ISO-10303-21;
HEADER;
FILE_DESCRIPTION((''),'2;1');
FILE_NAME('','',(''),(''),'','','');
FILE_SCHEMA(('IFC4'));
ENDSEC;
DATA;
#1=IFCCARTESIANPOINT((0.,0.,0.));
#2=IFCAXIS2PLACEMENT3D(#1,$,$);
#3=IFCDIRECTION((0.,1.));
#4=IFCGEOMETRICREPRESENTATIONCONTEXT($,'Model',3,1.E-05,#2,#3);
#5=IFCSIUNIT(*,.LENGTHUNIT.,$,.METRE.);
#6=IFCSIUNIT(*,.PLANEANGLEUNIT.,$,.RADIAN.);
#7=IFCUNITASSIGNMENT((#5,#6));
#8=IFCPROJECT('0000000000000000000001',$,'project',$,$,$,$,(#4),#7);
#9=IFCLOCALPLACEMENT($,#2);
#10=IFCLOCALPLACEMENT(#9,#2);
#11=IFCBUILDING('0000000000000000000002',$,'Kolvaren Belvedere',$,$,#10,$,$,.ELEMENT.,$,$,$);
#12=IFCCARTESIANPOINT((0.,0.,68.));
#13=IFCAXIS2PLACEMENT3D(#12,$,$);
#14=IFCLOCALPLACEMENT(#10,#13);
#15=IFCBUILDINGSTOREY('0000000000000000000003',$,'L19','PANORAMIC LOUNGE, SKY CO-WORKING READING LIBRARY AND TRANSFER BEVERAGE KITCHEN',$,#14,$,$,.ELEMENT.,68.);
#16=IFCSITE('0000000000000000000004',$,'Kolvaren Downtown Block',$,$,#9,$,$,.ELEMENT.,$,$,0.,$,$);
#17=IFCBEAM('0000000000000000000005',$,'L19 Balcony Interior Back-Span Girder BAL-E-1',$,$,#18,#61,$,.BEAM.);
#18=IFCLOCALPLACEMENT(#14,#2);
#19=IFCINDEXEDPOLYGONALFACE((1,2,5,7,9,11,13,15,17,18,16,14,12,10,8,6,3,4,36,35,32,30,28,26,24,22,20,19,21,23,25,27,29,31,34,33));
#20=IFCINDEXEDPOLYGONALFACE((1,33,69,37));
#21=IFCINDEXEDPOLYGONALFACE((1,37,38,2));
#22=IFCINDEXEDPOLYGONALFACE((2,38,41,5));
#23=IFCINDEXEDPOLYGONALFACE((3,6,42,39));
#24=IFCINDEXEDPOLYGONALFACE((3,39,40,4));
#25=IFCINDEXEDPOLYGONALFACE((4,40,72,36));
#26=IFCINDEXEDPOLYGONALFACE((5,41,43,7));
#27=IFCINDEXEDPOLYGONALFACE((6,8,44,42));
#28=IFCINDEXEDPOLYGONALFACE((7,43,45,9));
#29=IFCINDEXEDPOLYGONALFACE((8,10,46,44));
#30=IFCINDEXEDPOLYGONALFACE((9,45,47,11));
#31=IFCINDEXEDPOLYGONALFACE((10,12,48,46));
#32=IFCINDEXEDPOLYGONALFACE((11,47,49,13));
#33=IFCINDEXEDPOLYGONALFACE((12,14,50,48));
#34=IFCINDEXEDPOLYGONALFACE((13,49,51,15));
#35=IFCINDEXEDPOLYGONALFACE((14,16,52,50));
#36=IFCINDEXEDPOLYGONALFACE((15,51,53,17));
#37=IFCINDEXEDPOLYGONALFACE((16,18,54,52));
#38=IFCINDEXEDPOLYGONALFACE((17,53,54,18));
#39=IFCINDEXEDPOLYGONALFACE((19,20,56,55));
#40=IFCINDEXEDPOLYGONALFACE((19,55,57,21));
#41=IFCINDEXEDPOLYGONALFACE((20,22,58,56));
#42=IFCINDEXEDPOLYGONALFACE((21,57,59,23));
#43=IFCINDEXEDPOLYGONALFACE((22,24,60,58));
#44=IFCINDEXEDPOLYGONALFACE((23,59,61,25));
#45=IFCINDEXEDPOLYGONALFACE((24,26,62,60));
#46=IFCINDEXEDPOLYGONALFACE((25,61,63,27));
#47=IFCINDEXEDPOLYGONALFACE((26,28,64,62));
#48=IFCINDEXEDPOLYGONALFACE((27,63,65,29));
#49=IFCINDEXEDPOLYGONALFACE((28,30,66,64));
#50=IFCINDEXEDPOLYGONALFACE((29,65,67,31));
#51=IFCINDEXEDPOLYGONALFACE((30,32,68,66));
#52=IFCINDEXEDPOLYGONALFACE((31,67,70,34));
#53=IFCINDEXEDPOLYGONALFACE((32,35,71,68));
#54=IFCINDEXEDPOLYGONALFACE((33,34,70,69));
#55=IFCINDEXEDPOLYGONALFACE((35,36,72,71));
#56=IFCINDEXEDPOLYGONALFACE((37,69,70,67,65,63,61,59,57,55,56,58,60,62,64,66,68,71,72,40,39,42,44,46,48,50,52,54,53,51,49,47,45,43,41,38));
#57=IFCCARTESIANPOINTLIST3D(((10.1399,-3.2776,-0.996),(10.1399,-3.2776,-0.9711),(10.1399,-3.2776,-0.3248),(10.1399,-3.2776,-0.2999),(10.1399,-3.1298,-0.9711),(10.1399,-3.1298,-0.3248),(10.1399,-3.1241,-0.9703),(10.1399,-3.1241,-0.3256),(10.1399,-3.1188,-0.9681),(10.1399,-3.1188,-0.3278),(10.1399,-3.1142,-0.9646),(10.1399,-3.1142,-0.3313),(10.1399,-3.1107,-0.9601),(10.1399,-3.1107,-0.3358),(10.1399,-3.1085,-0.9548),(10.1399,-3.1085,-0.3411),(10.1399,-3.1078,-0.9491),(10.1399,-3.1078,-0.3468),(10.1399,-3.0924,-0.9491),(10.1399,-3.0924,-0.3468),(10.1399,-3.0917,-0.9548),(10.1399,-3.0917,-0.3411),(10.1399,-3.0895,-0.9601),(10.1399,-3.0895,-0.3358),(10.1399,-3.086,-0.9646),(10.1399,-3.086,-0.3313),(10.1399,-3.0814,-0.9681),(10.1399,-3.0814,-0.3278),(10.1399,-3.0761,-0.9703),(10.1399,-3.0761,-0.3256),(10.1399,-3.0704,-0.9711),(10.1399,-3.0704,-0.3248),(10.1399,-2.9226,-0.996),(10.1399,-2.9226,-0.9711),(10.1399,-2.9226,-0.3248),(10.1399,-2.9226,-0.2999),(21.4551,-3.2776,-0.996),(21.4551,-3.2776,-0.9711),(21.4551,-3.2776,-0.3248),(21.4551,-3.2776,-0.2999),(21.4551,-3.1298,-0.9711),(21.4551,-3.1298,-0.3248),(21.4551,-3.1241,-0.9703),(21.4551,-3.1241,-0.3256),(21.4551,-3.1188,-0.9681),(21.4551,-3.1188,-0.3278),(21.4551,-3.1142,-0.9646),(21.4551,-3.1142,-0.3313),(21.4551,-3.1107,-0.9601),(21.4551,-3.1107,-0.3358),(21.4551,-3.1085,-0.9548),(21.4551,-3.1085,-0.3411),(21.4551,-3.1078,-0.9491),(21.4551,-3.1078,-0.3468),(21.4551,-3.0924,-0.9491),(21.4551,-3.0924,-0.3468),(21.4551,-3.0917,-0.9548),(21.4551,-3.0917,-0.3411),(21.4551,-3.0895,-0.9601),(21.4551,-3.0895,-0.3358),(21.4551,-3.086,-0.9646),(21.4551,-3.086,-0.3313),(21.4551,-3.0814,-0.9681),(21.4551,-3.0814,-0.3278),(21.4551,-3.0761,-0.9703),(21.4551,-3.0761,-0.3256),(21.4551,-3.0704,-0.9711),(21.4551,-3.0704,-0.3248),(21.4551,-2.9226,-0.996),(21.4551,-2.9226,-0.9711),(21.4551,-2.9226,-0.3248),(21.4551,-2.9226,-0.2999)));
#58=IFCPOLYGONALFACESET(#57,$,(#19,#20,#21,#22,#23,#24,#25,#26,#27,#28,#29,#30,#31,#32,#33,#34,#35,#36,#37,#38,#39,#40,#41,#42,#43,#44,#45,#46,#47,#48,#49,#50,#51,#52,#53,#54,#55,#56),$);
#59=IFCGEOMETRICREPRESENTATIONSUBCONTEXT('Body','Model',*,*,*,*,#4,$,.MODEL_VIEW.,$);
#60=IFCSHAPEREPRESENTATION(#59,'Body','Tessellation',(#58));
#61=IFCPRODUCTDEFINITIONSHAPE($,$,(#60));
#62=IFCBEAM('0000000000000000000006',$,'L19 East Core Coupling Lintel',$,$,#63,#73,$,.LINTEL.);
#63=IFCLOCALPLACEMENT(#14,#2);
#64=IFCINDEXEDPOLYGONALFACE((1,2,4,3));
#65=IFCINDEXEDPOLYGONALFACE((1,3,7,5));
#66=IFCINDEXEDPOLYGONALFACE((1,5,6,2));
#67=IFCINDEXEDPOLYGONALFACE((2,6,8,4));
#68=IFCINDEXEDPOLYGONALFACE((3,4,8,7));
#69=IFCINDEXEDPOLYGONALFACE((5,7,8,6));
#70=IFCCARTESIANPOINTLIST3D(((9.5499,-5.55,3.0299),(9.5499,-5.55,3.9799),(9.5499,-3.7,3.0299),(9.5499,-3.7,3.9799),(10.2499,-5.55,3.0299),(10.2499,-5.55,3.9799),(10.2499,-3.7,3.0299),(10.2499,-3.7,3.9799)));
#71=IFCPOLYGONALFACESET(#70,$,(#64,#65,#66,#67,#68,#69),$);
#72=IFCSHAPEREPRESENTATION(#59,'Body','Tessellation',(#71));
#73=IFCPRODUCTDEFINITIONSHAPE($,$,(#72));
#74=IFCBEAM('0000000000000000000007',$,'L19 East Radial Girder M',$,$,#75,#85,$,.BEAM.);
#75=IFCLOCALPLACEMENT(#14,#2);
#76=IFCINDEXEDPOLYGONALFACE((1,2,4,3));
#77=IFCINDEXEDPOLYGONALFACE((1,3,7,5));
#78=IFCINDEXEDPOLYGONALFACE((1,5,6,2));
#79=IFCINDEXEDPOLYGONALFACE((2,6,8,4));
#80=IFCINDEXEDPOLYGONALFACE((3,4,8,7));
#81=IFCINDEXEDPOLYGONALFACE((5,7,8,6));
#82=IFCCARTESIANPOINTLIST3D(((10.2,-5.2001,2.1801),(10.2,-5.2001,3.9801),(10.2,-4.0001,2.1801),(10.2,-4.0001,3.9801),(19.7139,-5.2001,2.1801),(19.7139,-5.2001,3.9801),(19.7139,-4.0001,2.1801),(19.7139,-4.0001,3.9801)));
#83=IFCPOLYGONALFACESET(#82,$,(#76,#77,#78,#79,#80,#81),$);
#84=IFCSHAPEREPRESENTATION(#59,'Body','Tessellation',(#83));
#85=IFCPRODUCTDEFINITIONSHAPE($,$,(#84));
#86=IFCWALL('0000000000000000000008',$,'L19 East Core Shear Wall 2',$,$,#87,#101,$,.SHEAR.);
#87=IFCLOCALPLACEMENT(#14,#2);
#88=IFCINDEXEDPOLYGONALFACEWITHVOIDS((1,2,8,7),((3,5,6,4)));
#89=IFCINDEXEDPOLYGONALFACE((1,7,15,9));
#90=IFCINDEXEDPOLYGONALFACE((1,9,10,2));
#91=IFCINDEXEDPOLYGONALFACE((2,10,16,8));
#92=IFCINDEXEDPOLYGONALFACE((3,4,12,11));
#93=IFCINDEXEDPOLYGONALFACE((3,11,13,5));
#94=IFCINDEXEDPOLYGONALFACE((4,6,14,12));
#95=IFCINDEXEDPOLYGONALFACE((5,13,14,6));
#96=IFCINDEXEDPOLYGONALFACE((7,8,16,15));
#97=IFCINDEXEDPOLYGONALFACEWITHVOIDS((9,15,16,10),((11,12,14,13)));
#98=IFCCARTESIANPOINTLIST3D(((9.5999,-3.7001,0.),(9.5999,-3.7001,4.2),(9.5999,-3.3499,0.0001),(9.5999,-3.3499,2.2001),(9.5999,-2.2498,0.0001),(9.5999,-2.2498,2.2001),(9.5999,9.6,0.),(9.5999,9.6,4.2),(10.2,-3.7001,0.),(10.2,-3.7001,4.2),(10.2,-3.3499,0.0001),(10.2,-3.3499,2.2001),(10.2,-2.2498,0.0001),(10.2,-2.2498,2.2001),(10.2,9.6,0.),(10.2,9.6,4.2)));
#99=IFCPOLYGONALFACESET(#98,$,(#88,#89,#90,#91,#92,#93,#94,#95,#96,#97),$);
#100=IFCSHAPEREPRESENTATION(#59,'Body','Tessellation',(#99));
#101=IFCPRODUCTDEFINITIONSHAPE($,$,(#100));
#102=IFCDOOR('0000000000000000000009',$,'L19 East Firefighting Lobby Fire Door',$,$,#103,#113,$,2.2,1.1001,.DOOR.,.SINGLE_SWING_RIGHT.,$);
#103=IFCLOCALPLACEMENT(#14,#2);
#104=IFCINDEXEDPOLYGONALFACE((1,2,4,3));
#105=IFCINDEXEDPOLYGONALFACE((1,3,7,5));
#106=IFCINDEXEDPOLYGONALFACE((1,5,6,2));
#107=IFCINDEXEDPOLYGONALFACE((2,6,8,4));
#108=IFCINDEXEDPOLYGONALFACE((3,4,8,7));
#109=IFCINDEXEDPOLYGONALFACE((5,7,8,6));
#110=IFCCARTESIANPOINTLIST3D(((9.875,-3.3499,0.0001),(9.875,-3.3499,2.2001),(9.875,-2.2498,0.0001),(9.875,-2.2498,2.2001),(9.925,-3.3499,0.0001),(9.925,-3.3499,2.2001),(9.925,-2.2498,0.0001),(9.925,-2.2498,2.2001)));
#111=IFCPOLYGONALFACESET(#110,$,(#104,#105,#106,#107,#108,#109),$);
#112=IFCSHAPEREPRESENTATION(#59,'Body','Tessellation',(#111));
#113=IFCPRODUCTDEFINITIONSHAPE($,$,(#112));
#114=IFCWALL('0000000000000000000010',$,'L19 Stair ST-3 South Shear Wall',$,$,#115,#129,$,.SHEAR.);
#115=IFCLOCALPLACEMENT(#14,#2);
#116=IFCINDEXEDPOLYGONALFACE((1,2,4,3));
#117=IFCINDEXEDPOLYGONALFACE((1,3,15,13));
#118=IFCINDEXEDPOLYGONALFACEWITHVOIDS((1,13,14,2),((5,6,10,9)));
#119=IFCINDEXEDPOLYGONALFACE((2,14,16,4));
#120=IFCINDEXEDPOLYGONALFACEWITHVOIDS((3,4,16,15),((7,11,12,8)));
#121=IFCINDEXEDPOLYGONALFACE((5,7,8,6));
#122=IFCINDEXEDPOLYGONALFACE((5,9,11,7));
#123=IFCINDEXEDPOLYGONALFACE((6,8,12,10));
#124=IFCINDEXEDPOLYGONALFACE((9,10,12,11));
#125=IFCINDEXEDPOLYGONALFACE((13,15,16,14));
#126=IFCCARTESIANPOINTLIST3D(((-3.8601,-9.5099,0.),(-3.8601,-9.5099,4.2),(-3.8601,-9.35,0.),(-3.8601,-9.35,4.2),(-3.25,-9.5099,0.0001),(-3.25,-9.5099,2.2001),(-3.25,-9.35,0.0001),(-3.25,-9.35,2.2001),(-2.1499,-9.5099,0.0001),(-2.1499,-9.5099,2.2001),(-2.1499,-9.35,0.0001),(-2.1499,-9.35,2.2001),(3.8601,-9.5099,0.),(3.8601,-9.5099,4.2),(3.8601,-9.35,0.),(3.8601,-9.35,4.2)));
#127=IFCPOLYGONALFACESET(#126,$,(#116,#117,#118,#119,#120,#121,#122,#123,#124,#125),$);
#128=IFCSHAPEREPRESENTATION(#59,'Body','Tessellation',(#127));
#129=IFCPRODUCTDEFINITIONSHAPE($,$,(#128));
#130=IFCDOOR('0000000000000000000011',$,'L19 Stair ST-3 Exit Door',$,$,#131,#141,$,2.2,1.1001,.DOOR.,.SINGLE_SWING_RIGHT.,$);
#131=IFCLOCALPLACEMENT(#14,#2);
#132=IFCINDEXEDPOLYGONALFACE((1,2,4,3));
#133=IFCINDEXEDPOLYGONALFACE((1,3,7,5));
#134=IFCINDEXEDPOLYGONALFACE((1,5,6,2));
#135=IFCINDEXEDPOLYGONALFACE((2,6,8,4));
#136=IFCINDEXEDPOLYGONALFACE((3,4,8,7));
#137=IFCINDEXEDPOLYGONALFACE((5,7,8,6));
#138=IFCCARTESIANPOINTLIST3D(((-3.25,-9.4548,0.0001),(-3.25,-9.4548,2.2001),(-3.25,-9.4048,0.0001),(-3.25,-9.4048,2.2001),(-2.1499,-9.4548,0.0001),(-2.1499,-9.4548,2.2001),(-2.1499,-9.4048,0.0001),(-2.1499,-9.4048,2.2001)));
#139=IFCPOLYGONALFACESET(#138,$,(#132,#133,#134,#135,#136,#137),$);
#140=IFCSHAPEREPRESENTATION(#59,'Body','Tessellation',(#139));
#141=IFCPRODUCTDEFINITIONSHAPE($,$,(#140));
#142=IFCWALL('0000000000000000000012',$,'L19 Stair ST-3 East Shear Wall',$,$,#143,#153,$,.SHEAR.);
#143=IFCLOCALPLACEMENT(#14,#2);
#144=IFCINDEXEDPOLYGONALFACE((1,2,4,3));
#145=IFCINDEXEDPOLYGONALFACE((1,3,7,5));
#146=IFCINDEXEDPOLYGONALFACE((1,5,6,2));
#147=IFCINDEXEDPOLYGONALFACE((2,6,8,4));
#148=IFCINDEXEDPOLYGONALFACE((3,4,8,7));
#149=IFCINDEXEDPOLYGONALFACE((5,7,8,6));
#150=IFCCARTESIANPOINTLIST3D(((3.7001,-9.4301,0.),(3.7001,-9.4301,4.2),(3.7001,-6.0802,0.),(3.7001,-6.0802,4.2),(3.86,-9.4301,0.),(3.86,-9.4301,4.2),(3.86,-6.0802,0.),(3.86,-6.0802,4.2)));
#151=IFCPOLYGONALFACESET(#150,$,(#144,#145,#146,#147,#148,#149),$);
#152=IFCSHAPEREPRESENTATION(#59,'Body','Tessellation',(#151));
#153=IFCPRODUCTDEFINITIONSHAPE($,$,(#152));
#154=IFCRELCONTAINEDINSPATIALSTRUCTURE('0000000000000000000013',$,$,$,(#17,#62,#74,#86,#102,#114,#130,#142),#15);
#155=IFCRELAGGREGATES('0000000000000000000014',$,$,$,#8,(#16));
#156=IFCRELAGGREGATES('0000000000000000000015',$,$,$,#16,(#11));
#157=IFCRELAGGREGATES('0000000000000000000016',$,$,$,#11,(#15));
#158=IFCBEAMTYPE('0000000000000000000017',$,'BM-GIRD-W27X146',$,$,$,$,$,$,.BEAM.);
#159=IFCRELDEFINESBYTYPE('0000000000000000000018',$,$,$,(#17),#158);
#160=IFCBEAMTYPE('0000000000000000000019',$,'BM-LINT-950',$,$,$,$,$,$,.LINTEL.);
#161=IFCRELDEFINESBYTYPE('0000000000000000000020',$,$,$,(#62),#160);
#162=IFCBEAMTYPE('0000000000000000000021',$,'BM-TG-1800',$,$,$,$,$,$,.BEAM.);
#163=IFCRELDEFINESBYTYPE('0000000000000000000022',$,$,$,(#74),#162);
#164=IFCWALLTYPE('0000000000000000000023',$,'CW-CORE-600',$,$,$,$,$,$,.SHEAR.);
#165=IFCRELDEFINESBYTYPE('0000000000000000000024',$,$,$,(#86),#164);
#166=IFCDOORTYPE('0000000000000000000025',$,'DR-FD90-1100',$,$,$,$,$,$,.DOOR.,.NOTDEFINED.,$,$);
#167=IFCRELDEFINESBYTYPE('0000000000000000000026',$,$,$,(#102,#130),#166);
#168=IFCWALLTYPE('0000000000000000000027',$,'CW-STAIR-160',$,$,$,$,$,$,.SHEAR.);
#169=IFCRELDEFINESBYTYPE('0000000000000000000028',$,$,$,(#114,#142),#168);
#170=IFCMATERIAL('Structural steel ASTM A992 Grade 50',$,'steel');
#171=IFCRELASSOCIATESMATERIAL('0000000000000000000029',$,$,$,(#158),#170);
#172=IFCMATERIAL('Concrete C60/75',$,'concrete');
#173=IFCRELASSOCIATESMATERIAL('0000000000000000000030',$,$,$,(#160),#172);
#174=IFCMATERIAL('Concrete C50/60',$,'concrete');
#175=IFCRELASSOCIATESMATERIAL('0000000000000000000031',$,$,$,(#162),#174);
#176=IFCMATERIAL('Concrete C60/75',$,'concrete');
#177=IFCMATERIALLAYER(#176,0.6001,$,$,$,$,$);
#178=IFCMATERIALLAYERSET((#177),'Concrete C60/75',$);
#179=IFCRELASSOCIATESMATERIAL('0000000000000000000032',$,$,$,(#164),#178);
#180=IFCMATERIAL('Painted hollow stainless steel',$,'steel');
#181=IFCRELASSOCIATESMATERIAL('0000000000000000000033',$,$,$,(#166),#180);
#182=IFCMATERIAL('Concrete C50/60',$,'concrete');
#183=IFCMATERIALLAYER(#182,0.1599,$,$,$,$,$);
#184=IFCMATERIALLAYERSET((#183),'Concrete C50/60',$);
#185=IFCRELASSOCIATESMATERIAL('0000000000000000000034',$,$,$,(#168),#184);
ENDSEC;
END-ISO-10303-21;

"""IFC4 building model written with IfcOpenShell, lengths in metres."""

from ifc_helpers import new_model, si_unit, direction, frame, frame_2d, origin, origin_2d, place, context, subcontext, project, spatial, rectangle, i_section, extrude, material, layer, layer_set, material_profile, profile_set, type_object, element, fill, save


model = new_model("IFC4")

# Units and contexts
model_context = context("Model", 3, precision=1e-05, world=origin(), true_north=direction((0.0, 1.0)))
body_context = subcontext(model_context, "Body", "Model", "MODEL_VIEW")
ifc_project = project(units=[si_unit("LENGTHUNIT", "METRE"), si_unit("PLANEANGLEUNIT", "RADIAN")], contexts=[model_context])

# Site, building, storey
site_placement = place(None, origin())
site = spatial("IfcSite", under=ifc_project, at=site_placement, Name="Kolvaren Downtown Block", CompositionType="ELEMENT", RefElevation=0.0)
building_placement = place(site_placement, origin())
building = spatial("IfcBuilding", under=site, at=building_placement, Name="Kolvaren Belvedere", CompositionType="ELEMENT")
storey_placement = place(building_placement, frame((0.0, 0.0, 68.0)))
storey = spatial("IfcBuildingStorey", under=building, at=storey_placement, Name="L19", Description="PANORAMIC LOUNGE, SKY CO-WORKING READING LIBRARY AND TRANSFER BEVERAGE KITCHEN", CompositionType="ELEMENT", Elevation=68.0)

# Beams
ifc_material_1 = material(Name="Structural steel ASTM A992 Grade 50", Category="steel")
ifc_material_profile_1 = material_profile(ifc_material_1, i_section(OverallWidth=0.355, OverallDepth=0.696, WebThickness=0.0154, FlangeThickness=0.0249, FilletRadius=0.022, at=origin_2d()), Name="W27X146")
ifc_profile_set_1 = profile_set([ifc_material_profile_1], Name="Structural steel ASTM A992 Grade 50")
beam_type_1 = type_object("IfcBeamType", Name="BM-GIRD-W27X146", PredefinedType="BEAM", material=ifc_profile_set_1)
beam_1_placement = place(storey_placement, frame((10.1399, -3.1001, -0.6479), z_axis=(1.0, 0.0, 0.0), x_axis=(0.0, 1.0, 0.0)))
element("IfcBeam", 1, at=beam_1_placement, inside=storey, type_object=beam_type_1, Name="L19 Balcony Interior Back-Span Girder BAL-E-1", PredefinedType="BEAM", context=body_context, shape_type="SweptSolid", body=[
    extrude(i_section(OverallWidth=0.355, OverallDepth=0.696, WebThickness=0.0154, FlangeThickness=0.0249, FilletRadius=0.022, at=origin_2d()), origin(), (0.0, 0.0, 1.0), 11.3152),
])
ifc_material_2 = material(Name="Concrete C60/75", Category="concrete")
ifc_material_profile_2 = material_profile(ifc_material_2, rectangle(XDim=0.7, YDim=0.95, at=origin_2d()), Name="RC 700X950")
ifc_profile_set_2 = profile_set([ifc_material_profile_2], Name="Concrete C60/75")
beam_type_2 = type_object("IfcBeamType", Name="BM-LINT-950", PredefinedType="LINTEL", material=ifc_profile_set_2)
beam_2_placement = place(storey_placement, frame((9.8999, -5.55, 3.5049), z_axis=(0.0, 1.0, 0.0), x_axis=(-1.0, 0.0, 0.0)))
element("IfcBeam", 2, at=beam_2_placement, inside=storey, type_object=beam_type_2, Name="L19 East Core Coupling Lintel", PredefinedType="LINTEL", context=body_context, shape_type="SweptSolid", body=[
    extrude(rectangle(XDim=0.7, YDim=0.95, at=origin_2d()), origin(), (0.0, 0.0, 1.0), 1.8501),
])
ifc_material_3 = material(Name="Concrete C50/60", Category="concrete")
ifc_material_profile_3 = material_profile(ifc_material_3, rectangle(XDim=1.2, YDim=1.8, at=origin_2d()), Name="RC 1200X1800")
ifc_profile_set_3 = profile_set([ifc_material_profile_3], Name="Concrete C50/60")
beam_type_3 = type_object("IfcBeamType", Name="BM-TG-1800", PredefinedType="BEAM", material=ifc_profile_set_3)
beam_3_placement = place(storey_placement, frame((10.2, -4.6001, 3.0801), z_axis=(1.0, 0.0, 0.0), x_axis=(0.0, 1.0, 0.0)))
element("IfcBeam", 3, at=beam_3_placement, inside=storey, type_object=beam_type_3, Name="L19 East Radial Girder M", PredefinedType="BEAM", context=body_context, shape_type="SweptSolid", body=[
    extrude(rectangle(XDim=1.2, YDim=1.8, at=origin_2d()), origin(), (0.0, 0.0, 1.0), 9.5139),
])

# Walls, openings, doors
ifc_material_4 = material(Name="Concrete C60/75", Category="concrete")
ifc_layer_1 = layer(ifc_material_4, 0.6001)
ifc_layer_set_1 = layer_set([ifc_layer_1], Name="Concrete C60/75")
wall_type_1 = type_object("IfcWallType", Name="CW-CORE-600", PredefinedType="SHEAR", material=ifc_layer_set_1)
wall_1_placement = place(storey_placement, frame((9.8999, -3.7, 0.0), z_axis=(0.0, 0.0, 1.0), x_axis=(0.0, 1.0, 0.0)))
wall_1 = element("IfcWall", 4, at=wall_1_placement, inside=storey, type_object=wall_type_1, Name="L19 East Core Shear Wall 2", PredefinedType="SHEAR", context=body_context, shape_type="SweptSolid", body=[
    extrude(rectangle(XDim=13.3, YDim=0.6001, at=frame_2d((6.6499, 0.0))), origin(), (0.0, 0.0, 1.0), 4.2),
])
opening_1_placement = place(wall_1_placement, frame((0.3501, 0.0, 0.0)))
opening_1 = element("IfcOpeningElement", 5, at=opening_1_placement, cuts=wall_1, PredefinedType="OPENING", context=body_context, shape_type="SweptSolid", body=[
    extrude(rectangle(XDim=1.1001, YDim=2.2, at=frame_2d((0.55, 1.1001))), frame((0.0, 0.3101, 0.0), z_axis=(0.0, -1.0, 0.0), x_axis=(1.0, 0.0, 0.0)), (0.0, 0.0, 1.0), 0.6201),
])
ifc_material_5 = material(Name="Painted hollow stainless steel", Category="steel")
door_type_1 = type_object("IfcDoorType", Name="DR-FD90-1100", OperationType="NOTDEFINED", PredefinedType="DOOR", material=ifc_material_5)
door_1_placement = place(opening_1_placement, origin())
door_1 = element("IfcDoor", 6, at=door_1_placement, inside=storey, type_object=door_type_1, Name="L19 East Firefighting Lobby Fire Door", OperationType="SINGLE_SWING_RIGHT", OverallHeight=2.2, OverallWidth=1.1001, PredefinedType="DOOR", context=body_context, shape_type="SweptSolid", body=[
    extrude(rectangle(XDim=1.1001, YDim=2.2, at=frame_2d((0.55, 1.1001))), frame((0.0, 0.0249, 0.0), z_axis=(0.0, -1.0, 0.0), x_axis=(1.0, 0.0, 0.0)), (0.0, 0.0, 1.0), 0.05),
])
fill(opening_1, door_1)
ifc_material_6 = material(Name="Concrete C50/60", Category="concrete")
ifc_layer_2 = layer(ifc_material_6, 0.1599)
ifc_layer_set_2 = layer_set([ifc_layer_2], Name="Concrete C50/60")
wall_type_2 = type_object("IfcWallType", Name="CW-STAIR-160", PredefinedType="SHEAR", material=ifc_layer_set_2)
wall_2_placement = place(storey_placement, frame((3.8601, -9.4299, 0.0), z_axis=(0.0, 0.0, 1.0), x_axis=(-1.0, 0.0, 0.0)))
wall_2 = element("IfcWall", 7, at=wall_2_placement, inside=storey, type_object=wall_type_2, Name="L19 Stair ST-3 South Shear Wall", PredefinedType="SHEAR", context=body_context, shape_type="SweptSolid", body=[
    extrude(rectangle(XDim=7.7202, YDim=0.1599, at=frame_2d((3.8601, 0.0))), origin(), (0.0, 0.0, 1.0), 4.2),
])
opening_2_placement = place(wall_2_placement, frame((6.01, 0.0, 0.0)))
opening_2 = element("IfcOpeningElement", 8, at=opening_2_placement, cuts=wall_2, PredefinedType="OPENING", context=body_context, shape_type="SweptSolid", body=[
    extrude(rectangle(XDim=1.1001, YDim=2.2, at=frame_2d((0.55, 1.1001))), frame((0.0, 0.0898, 0.0), z_axis=(0.0, -1.0, 0.0), x_axis=(1.0, 0.0, 0.0)), (0.0, 0.0, 1.0), 0.1799),
])
door_2_placement = place(opening_2_placement, origin())
door_2 = element("IfcDoor", 9, at=door_2_placement, inside=storey, type_object=door_type_1, Name="L19 Stair ST-3 Exit Door", OperationType="SINGLE_SWING_RIGHT", OverallHeight=2.2, OverallWidth=1.1001, PredefinedType="DOOR", context=body_context, shape_type="SweptSolid", body=[
    extrude(rectangle(XDim=1.1001, YDim=2.2, at=frame_2d((0.55, 1.1001))), frame((0.0, 0.0249, 0.0), z_axis=(0.0, -1.0, 0.0), x_axis=(1.0, 0.0, 0.0)), (0.0, 0.0, 1.0), 0.05),
])
fill(opening_2, door_2)

# Wall
wall_3_placement = place(storey_placement, frame((3.78, -9.4299, 0.0), z_axis=(0.0, 0.0, 1.0), x_axis=(0.0, 1.0, 0.0)))
element("IfcWall", 10, at=wall_3_placement, inside=storey, type_object=wall_type_2, Name="L19 Stair ST-3 East Shear Wall", PredefinedType="SHEAR", context=body_context, shape_type="SweptSolid", body=[
    extrude(rectangle(XDim=3.3499, YDim=0.1599, at=frame_2d((1.6748, 0.0))), origin(), (0.0, 0.0, 1.0), 4.2),
])

save(model, "model.ifc")
